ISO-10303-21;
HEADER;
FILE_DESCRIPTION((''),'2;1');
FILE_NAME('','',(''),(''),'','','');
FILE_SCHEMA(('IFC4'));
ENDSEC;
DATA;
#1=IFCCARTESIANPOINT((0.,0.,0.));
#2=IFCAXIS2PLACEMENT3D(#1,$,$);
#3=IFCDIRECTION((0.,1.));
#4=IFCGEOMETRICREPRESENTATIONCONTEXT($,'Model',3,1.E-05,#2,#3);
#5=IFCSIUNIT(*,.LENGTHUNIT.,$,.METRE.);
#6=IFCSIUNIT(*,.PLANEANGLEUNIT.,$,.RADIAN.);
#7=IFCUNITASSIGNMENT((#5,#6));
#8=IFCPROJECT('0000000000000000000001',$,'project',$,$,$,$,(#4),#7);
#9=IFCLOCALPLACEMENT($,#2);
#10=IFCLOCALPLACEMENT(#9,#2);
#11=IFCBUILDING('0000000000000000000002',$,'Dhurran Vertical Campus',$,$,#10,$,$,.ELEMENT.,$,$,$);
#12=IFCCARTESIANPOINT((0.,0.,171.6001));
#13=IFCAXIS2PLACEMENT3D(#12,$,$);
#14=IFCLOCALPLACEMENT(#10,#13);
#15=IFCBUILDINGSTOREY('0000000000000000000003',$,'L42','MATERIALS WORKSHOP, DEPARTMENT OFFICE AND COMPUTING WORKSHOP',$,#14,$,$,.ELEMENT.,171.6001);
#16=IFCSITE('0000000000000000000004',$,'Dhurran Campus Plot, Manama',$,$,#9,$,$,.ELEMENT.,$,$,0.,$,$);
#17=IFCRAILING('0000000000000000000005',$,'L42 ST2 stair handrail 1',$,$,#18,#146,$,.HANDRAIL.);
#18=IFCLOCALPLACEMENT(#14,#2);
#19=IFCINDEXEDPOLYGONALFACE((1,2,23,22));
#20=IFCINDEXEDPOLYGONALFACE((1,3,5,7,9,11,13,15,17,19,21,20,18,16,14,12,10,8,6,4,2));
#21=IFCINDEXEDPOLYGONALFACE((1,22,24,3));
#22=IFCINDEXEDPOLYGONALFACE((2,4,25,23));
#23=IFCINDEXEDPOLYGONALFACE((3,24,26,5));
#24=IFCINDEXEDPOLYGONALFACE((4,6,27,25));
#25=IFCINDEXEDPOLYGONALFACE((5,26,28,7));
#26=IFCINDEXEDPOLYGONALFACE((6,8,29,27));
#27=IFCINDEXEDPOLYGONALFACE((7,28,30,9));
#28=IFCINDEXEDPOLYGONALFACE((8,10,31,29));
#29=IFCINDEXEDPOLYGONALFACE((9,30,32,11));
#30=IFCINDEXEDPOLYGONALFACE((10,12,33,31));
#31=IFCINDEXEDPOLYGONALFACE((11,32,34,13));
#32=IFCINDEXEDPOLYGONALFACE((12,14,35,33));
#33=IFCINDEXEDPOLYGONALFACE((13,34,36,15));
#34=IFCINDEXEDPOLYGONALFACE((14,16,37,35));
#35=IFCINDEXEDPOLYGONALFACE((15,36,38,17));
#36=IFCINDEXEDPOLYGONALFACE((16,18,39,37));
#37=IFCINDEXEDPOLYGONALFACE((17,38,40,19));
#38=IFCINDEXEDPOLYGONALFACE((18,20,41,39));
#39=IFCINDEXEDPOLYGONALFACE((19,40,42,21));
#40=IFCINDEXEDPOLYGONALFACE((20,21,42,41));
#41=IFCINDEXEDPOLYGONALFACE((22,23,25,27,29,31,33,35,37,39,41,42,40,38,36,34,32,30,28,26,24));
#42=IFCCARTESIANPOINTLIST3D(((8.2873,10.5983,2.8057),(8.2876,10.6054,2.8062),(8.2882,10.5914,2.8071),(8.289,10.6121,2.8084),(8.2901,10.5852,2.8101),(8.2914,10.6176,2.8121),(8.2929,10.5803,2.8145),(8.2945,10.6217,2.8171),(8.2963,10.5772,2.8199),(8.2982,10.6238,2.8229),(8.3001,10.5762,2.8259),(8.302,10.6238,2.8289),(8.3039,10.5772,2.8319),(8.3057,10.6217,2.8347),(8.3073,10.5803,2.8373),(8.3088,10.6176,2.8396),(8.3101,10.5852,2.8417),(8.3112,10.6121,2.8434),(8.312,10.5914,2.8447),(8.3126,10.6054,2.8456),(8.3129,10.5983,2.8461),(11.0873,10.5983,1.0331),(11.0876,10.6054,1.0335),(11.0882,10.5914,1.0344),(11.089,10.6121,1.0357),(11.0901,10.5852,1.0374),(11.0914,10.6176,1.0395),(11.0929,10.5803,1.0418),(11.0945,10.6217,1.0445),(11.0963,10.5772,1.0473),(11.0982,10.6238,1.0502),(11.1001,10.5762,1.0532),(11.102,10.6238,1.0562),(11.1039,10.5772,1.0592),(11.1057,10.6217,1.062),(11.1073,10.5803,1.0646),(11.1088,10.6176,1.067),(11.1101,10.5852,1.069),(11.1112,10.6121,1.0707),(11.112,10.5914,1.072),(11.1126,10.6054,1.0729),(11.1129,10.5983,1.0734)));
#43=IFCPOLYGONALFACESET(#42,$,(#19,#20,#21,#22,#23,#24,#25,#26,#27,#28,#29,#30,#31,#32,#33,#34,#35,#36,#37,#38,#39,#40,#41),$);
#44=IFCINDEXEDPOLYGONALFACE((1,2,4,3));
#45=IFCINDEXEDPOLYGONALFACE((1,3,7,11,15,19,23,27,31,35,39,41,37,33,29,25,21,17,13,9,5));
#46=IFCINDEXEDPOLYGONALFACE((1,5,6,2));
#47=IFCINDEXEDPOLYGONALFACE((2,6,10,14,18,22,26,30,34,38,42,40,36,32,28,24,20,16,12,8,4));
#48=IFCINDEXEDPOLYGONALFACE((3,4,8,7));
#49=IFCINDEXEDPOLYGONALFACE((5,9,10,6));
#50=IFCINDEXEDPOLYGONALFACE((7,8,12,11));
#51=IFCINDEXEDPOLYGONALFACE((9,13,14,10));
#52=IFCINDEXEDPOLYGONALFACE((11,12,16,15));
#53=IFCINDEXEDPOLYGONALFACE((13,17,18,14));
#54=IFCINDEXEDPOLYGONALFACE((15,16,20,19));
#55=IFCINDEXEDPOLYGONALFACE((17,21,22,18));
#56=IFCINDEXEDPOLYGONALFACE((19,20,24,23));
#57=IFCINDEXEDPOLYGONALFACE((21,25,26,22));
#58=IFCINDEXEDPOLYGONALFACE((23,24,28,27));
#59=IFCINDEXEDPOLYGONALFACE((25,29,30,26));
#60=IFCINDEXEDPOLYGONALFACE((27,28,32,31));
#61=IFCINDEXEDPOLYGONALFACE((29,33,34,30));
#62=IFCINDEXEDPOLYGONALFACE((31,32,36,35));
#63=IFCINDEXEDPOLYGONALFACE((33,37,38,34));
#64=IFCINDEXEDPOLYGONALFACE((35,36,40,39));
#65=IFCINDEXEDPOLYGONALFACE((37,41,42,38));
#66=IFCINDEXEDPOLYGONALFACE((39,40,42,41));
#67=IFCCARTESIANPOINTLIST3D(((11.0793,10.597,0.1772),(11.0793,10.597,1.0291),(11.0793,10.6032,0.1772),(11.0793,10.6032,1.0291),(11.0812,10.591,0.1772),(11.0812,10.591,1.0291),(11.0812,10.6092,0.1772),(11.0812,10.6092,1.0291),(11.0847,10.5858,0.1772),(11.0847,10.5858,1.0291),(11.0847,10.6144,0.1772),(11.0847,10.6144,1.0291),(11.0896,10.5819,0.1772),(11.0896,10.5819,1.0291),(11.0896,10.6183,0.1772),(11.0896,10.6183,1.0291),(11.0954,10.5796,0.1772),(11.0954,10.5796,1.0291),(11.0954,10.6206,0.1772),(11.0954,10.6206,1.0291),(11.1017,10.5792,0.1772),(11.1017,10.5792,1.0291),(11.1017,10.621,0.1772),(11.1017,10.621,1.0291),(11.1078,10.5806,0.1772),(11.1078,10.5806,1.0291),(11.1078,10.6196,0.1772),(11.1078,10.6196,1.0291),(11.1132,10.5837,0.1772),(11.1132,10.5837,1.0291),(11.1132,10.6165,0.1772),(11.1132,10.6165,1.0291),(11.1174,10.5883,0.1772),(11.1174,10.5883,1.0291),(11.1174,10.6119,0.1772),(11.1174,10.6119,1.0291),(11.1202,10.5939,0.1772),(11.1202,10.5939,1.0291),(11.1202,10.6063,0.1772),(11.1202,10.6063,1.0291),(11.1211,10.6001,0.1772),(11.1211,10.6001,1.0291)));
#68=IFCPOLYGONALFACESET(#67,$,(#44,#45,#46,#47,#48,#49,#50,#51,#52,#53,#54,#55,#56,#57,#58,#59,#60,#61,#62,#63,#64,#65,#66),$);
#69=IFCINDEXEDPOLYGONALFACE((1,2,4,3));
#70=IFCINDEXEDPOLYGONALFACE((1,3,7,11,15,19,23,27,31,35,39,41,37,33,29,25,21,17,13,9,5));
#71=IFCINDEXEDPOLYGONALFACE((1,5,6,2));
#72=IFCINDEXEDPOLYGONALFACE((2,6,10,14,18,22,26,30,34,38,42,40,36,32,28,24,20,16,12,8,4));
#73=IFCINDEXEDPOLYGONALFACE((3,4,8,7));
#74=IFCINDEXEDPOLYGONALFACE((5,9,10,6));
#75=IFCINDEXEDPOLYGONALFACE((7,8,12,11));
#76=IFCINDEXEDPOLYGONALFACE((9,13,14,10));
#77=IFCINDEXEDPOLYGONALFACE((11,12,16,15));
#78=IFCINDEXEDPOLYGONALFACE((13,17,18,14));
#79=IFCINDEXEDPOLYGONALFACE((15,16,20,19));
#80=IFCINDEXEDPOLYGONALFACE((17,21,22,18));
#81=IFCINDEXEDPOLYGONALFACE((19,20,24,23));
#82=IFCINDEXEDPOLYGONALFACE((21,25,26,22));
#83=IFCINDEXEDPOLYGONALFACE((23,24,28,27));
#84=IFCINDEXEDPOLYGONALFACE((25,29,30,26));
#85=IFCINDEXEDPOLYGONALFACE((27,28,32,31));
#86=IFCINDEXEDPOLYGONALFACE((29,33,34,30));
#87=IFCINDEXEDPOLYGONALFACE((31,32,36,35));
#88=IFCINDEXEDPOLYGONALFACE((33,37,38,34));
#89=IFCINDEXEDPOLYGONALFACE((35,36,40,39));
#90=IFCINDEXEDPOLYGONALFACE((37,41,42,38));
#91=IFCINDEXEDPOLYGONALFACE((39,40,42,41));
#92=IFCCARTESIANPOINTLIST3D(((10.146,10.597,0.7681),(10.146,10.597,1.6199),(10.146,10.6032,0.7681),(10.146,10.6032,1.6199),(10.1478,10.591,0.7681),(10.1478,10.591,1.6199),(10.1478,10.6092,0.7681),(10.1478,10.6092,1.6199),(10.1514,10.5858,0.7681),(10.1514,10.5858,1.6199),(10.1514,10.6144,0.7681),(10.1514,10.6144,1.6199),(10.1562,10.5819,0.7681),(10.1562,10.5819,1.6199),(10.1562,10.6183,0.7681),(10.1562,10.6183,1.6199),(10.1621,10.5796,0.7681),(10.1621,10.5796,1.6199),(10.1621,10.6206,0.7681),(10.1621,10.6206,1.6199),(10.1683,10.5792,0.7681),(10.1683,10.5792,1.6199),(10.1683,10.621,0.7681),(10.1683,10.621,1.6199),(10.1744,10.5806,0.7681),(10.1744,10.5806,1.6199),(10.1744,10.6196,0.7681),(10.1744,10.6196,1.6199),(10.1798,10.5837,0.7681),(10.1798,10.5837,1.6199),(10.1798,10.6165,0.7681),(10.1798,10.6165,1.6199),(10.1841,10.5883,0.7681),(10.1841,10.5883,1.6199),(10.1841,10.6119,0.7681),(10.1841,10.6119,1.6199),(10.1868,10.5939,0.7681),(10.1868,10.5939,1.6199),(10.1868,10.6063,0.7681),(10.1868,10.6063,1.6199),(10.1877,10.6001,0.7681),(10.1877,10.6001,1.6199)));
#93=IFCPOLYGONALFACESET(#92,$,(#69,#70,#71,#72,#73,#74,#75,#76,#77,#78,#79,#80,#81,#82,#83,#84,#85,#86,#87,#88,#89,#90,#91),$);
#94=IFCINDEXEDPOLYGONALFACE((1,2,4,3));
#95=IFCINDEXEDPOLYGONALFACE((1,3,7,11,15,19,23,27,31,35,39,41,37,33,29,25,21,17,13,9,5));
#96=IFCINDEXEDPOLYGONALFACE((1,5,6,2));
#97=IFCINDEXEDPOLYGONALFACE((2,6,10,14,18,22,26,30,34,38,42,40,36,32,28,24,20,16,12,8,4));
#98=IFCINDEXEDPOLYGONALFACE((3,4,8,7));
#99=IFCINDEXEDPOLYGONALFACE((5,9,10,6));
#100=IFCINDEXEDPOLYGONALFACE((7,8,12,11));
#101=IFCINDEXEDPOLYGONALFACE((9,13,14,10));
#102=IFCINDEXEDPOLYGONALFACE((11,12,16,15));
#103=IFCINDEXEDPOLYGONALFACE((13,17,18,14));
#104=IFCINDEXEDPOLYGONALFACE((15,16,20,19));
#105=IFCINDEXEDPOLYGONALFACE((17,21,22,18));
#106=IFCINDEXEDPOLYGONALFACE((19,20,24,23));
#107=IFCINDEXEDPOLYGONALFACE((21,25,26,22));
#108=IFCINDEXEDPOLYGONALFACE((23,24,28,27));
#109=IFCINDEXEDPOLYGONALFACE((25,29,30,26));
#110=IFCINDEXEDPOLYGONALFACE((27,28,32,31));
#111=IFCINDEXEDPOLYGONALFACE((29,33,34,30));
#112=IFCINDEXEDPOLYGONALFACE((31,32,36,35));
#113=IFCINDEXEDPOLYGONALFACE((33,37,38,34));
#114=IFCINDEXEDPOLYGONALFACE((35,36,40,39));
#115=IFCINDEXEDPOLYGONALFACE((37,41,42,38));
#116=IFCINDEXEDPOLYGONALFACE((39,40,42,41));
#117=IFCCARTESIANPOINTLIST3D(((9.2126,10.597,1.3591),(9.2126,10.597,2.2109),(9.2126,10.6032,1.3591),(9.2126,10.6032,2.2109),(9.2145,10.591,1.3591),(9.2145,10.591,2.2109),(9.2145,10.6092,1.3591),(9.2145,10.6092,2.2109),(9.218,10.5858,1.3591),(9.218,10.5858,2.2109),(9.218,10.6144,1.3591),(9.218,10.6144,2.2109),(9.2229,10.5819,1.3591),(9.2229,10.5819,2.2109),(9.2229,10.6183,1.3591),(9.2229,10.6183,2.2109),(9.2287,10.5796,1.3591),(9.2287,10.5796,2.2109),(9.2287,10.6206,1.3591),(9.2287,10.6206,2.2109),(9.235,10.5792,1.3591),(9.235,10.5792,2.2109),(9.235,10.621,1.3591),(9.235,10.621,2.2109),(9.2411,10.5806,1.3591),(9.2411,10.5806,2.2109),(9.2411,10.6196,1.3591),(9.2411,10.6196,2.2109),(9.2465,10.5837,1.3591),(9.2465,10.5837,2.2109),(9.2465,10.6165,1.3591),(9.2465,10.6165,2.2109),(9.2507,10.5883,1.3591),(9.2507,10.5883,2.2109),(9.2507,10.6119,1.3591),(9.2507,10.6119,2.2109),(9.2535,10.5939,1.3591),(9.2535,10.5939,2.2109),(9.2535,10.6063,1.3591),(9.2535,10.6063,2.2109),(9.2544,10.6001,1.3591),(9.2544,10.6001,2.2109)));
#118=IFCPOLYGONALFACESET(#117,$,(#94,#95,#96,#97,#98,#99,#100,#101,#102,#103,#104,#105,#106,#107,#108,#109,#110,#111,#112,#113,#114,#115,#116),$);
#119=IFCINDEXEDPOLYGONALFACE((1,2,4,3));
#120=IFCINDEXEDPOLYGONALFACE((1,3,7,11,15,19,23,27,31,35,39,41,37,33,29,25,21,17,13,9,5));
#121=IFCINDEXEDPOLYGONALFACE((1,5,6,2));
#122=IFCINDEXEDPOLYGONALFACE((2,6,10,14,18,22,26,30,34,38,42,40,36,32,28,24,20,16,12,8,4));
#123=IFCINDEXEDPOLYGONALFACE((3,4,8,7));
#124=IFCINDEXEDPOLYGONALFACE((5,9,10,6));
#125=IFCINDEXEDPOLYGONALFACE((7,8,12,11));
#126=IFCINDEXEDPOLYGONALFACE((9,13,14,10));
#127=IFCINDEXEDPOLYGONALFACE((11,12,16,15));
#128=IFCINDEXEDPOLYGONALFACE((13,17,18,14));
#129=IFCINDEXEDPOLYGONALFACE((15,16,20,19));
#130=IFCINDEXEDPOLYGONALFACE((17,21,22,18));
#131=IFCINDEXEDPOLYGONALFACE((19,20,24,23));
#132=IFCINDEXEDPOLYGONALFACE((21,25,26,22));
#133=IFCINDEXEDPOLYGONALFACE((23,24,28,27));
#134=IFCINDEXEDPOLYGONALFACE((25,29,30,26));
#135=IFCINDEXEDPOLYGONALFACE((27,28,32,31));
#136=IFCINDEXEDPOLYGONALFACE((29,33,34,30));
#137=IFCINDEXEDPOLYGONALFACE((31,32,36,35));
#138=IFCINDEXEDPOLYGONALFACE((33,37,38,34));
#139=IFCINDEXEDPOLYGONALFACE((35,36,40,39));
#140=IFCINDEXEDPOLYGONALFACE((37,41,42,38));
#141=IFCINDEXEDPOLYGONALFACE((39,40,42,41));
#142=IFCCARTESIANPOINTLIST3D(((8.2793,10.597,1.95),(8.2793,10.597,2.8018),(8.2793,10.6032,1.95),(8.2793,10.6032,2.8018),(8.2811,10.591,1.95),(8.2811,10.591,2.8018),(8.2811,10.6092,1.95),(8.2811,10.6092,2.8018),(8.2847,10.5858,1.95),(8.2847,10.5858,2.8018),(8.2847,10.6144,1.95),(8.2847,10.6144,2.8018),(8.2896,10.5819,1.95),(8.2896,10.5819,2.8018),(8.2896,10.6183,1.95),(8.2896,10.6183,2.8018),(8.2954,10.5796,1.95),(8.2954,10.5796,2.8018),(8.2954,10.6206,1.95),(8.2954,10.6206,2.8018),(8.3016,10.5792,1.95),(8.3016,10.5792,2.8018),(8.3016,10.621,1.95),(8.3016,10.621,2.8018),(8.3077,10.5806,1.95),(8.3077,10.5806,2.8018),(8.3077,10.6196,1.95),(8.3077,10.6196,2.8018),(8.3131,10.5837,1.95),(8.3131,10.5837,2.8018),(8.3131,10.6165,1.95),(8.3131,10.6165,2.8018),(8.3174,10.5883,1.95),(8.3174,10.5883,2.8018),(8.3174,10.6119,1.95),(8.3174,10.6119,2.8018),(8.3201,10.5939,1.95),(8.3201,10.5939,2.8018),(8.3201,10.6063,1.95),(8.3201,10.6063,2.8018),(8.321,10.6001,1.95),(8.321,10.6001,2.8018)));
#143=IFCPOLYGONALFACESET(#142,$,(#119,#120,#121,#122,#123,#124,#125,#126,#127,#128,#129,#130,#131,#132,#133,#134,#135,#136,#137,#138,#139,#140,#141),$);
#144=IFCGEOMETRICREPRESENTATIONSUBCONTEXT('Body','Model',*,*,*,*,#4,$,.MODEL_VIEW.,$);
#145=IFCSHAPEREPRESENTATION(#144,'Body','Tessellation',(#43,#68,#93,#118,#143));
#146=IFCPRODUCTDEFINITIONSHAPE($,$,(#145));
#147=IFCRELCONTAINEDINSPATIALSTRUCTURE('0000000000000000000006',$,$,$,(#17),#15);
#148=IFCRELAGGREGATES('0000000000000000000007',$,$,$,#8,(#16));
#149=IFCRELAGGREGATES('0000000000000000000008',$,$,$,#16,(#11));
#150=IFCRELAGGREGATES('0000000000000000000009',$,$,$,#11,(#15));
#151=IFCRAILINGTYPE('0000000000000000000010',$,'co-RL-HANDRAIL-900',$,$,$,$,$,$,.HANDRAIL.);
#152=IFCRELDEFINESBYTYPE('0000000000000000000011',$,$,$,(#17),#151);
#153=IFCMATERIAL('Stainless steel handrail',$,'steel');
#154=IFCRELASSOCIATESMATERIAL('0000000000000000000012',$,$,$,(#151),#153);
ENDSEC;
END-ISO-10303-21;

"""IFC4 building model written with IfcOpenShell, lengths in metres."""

from ifc_helpers import new_model, si_unit, direction, frame, origin, origin_2d, place, context, subcontext, project, spatial, circle, extrude, material, type_object, element, save


model = new_model("IFC4")

# Units and contexts
model_context = context("Model", 3, precision=1e-05, world=origin(), true_north=direction((0.0, 1.0)))
body_context = subcontext(model_context, "Body", "Model", "MODEL_VIEW")
ifc_project = project(units=[si_unit("LENGTHUNIT", "METRE"), si_unit("PLANEANGLEUNIT", "RADIAN")], contexts=[model_context])

# Site, building, storey
site_placement = place(None, origin())
site = spatial("IfcSite", under=ifc_project, at=site_placement, Name="Dhurran Campus Plot, Manama", CompositionType="ELEMENT", RefElevation=0.0)
building_placement = place(site_placement, origin())
building = spatial("IfcBuilding", under=site, at=building_placement, Name="Dhurran Vertical Campus", CompositionType="ELEMENT")
storey_placement = place(building_placement, frame((0.0, 0.0, 171.6001)))
storey = spatial("IfcBuildingStorey", under=building, at=storey_placement, Name="L42", Description="MATERIALS WORKSHOP, DEPARTMENT OFFICE AND COMPUTING WORKSHOP", CompositionType="ELEMENT", Elevation=171.6001)

# Railing
ifc_material_1 = material(Name="Stainless steel handrail", Category="steel")
railing_type_1 = type_object("IfcRailingType", Name="co-RL-HANDRAIL-900", PredefinedType="HANDRAIL", material=ifc_material_1)
railing_1_placement = place(storey_placement, frame((11.1001, 10.6001, 0.1772)))
element("IfcRailing", 1, at=railing_1_placement, inside=storey, type_object=railing_type_1, Name="L42 ST2 stair handrail 1", PredefinedType="HANDRAIL", context=body_context, shape_type="SweptSolid", body=[
    extrude(circle(Radius=0.0239, at=origin_2d()), frame((0.0, 0.0, 0.876), z_axis=(-0.844909, 0.0, 0.53491), x_axis=(0.0, -1.0, 0.0)), (0.0, 0.0, 1.0), 3.314),
    extrude(circle(Radius=0.021, at=origin_2d()), origin(), (0.0, 0.0, 1.0), 0.8518),
    extrude(circle(Radius=0.021, at=origin_2d()), frame((-0.9333, 0.0, 0.5908)), (0.0, 0.0, 1.0), 0.8518),
    extrude(circle(Radius=0.021, at=origin_2d()), frame((-1.8667, 0.0, 1.1819)), (0.0, 0.0, 1.0), 0.8518),
    extrude(circle(Radius=0.021, at=origin_2d()), frame((-2.8, 0.0, 1.7727)), (0.0, 0.0, 1.0), 0.8518),
])

save(model, "model.ifc")
